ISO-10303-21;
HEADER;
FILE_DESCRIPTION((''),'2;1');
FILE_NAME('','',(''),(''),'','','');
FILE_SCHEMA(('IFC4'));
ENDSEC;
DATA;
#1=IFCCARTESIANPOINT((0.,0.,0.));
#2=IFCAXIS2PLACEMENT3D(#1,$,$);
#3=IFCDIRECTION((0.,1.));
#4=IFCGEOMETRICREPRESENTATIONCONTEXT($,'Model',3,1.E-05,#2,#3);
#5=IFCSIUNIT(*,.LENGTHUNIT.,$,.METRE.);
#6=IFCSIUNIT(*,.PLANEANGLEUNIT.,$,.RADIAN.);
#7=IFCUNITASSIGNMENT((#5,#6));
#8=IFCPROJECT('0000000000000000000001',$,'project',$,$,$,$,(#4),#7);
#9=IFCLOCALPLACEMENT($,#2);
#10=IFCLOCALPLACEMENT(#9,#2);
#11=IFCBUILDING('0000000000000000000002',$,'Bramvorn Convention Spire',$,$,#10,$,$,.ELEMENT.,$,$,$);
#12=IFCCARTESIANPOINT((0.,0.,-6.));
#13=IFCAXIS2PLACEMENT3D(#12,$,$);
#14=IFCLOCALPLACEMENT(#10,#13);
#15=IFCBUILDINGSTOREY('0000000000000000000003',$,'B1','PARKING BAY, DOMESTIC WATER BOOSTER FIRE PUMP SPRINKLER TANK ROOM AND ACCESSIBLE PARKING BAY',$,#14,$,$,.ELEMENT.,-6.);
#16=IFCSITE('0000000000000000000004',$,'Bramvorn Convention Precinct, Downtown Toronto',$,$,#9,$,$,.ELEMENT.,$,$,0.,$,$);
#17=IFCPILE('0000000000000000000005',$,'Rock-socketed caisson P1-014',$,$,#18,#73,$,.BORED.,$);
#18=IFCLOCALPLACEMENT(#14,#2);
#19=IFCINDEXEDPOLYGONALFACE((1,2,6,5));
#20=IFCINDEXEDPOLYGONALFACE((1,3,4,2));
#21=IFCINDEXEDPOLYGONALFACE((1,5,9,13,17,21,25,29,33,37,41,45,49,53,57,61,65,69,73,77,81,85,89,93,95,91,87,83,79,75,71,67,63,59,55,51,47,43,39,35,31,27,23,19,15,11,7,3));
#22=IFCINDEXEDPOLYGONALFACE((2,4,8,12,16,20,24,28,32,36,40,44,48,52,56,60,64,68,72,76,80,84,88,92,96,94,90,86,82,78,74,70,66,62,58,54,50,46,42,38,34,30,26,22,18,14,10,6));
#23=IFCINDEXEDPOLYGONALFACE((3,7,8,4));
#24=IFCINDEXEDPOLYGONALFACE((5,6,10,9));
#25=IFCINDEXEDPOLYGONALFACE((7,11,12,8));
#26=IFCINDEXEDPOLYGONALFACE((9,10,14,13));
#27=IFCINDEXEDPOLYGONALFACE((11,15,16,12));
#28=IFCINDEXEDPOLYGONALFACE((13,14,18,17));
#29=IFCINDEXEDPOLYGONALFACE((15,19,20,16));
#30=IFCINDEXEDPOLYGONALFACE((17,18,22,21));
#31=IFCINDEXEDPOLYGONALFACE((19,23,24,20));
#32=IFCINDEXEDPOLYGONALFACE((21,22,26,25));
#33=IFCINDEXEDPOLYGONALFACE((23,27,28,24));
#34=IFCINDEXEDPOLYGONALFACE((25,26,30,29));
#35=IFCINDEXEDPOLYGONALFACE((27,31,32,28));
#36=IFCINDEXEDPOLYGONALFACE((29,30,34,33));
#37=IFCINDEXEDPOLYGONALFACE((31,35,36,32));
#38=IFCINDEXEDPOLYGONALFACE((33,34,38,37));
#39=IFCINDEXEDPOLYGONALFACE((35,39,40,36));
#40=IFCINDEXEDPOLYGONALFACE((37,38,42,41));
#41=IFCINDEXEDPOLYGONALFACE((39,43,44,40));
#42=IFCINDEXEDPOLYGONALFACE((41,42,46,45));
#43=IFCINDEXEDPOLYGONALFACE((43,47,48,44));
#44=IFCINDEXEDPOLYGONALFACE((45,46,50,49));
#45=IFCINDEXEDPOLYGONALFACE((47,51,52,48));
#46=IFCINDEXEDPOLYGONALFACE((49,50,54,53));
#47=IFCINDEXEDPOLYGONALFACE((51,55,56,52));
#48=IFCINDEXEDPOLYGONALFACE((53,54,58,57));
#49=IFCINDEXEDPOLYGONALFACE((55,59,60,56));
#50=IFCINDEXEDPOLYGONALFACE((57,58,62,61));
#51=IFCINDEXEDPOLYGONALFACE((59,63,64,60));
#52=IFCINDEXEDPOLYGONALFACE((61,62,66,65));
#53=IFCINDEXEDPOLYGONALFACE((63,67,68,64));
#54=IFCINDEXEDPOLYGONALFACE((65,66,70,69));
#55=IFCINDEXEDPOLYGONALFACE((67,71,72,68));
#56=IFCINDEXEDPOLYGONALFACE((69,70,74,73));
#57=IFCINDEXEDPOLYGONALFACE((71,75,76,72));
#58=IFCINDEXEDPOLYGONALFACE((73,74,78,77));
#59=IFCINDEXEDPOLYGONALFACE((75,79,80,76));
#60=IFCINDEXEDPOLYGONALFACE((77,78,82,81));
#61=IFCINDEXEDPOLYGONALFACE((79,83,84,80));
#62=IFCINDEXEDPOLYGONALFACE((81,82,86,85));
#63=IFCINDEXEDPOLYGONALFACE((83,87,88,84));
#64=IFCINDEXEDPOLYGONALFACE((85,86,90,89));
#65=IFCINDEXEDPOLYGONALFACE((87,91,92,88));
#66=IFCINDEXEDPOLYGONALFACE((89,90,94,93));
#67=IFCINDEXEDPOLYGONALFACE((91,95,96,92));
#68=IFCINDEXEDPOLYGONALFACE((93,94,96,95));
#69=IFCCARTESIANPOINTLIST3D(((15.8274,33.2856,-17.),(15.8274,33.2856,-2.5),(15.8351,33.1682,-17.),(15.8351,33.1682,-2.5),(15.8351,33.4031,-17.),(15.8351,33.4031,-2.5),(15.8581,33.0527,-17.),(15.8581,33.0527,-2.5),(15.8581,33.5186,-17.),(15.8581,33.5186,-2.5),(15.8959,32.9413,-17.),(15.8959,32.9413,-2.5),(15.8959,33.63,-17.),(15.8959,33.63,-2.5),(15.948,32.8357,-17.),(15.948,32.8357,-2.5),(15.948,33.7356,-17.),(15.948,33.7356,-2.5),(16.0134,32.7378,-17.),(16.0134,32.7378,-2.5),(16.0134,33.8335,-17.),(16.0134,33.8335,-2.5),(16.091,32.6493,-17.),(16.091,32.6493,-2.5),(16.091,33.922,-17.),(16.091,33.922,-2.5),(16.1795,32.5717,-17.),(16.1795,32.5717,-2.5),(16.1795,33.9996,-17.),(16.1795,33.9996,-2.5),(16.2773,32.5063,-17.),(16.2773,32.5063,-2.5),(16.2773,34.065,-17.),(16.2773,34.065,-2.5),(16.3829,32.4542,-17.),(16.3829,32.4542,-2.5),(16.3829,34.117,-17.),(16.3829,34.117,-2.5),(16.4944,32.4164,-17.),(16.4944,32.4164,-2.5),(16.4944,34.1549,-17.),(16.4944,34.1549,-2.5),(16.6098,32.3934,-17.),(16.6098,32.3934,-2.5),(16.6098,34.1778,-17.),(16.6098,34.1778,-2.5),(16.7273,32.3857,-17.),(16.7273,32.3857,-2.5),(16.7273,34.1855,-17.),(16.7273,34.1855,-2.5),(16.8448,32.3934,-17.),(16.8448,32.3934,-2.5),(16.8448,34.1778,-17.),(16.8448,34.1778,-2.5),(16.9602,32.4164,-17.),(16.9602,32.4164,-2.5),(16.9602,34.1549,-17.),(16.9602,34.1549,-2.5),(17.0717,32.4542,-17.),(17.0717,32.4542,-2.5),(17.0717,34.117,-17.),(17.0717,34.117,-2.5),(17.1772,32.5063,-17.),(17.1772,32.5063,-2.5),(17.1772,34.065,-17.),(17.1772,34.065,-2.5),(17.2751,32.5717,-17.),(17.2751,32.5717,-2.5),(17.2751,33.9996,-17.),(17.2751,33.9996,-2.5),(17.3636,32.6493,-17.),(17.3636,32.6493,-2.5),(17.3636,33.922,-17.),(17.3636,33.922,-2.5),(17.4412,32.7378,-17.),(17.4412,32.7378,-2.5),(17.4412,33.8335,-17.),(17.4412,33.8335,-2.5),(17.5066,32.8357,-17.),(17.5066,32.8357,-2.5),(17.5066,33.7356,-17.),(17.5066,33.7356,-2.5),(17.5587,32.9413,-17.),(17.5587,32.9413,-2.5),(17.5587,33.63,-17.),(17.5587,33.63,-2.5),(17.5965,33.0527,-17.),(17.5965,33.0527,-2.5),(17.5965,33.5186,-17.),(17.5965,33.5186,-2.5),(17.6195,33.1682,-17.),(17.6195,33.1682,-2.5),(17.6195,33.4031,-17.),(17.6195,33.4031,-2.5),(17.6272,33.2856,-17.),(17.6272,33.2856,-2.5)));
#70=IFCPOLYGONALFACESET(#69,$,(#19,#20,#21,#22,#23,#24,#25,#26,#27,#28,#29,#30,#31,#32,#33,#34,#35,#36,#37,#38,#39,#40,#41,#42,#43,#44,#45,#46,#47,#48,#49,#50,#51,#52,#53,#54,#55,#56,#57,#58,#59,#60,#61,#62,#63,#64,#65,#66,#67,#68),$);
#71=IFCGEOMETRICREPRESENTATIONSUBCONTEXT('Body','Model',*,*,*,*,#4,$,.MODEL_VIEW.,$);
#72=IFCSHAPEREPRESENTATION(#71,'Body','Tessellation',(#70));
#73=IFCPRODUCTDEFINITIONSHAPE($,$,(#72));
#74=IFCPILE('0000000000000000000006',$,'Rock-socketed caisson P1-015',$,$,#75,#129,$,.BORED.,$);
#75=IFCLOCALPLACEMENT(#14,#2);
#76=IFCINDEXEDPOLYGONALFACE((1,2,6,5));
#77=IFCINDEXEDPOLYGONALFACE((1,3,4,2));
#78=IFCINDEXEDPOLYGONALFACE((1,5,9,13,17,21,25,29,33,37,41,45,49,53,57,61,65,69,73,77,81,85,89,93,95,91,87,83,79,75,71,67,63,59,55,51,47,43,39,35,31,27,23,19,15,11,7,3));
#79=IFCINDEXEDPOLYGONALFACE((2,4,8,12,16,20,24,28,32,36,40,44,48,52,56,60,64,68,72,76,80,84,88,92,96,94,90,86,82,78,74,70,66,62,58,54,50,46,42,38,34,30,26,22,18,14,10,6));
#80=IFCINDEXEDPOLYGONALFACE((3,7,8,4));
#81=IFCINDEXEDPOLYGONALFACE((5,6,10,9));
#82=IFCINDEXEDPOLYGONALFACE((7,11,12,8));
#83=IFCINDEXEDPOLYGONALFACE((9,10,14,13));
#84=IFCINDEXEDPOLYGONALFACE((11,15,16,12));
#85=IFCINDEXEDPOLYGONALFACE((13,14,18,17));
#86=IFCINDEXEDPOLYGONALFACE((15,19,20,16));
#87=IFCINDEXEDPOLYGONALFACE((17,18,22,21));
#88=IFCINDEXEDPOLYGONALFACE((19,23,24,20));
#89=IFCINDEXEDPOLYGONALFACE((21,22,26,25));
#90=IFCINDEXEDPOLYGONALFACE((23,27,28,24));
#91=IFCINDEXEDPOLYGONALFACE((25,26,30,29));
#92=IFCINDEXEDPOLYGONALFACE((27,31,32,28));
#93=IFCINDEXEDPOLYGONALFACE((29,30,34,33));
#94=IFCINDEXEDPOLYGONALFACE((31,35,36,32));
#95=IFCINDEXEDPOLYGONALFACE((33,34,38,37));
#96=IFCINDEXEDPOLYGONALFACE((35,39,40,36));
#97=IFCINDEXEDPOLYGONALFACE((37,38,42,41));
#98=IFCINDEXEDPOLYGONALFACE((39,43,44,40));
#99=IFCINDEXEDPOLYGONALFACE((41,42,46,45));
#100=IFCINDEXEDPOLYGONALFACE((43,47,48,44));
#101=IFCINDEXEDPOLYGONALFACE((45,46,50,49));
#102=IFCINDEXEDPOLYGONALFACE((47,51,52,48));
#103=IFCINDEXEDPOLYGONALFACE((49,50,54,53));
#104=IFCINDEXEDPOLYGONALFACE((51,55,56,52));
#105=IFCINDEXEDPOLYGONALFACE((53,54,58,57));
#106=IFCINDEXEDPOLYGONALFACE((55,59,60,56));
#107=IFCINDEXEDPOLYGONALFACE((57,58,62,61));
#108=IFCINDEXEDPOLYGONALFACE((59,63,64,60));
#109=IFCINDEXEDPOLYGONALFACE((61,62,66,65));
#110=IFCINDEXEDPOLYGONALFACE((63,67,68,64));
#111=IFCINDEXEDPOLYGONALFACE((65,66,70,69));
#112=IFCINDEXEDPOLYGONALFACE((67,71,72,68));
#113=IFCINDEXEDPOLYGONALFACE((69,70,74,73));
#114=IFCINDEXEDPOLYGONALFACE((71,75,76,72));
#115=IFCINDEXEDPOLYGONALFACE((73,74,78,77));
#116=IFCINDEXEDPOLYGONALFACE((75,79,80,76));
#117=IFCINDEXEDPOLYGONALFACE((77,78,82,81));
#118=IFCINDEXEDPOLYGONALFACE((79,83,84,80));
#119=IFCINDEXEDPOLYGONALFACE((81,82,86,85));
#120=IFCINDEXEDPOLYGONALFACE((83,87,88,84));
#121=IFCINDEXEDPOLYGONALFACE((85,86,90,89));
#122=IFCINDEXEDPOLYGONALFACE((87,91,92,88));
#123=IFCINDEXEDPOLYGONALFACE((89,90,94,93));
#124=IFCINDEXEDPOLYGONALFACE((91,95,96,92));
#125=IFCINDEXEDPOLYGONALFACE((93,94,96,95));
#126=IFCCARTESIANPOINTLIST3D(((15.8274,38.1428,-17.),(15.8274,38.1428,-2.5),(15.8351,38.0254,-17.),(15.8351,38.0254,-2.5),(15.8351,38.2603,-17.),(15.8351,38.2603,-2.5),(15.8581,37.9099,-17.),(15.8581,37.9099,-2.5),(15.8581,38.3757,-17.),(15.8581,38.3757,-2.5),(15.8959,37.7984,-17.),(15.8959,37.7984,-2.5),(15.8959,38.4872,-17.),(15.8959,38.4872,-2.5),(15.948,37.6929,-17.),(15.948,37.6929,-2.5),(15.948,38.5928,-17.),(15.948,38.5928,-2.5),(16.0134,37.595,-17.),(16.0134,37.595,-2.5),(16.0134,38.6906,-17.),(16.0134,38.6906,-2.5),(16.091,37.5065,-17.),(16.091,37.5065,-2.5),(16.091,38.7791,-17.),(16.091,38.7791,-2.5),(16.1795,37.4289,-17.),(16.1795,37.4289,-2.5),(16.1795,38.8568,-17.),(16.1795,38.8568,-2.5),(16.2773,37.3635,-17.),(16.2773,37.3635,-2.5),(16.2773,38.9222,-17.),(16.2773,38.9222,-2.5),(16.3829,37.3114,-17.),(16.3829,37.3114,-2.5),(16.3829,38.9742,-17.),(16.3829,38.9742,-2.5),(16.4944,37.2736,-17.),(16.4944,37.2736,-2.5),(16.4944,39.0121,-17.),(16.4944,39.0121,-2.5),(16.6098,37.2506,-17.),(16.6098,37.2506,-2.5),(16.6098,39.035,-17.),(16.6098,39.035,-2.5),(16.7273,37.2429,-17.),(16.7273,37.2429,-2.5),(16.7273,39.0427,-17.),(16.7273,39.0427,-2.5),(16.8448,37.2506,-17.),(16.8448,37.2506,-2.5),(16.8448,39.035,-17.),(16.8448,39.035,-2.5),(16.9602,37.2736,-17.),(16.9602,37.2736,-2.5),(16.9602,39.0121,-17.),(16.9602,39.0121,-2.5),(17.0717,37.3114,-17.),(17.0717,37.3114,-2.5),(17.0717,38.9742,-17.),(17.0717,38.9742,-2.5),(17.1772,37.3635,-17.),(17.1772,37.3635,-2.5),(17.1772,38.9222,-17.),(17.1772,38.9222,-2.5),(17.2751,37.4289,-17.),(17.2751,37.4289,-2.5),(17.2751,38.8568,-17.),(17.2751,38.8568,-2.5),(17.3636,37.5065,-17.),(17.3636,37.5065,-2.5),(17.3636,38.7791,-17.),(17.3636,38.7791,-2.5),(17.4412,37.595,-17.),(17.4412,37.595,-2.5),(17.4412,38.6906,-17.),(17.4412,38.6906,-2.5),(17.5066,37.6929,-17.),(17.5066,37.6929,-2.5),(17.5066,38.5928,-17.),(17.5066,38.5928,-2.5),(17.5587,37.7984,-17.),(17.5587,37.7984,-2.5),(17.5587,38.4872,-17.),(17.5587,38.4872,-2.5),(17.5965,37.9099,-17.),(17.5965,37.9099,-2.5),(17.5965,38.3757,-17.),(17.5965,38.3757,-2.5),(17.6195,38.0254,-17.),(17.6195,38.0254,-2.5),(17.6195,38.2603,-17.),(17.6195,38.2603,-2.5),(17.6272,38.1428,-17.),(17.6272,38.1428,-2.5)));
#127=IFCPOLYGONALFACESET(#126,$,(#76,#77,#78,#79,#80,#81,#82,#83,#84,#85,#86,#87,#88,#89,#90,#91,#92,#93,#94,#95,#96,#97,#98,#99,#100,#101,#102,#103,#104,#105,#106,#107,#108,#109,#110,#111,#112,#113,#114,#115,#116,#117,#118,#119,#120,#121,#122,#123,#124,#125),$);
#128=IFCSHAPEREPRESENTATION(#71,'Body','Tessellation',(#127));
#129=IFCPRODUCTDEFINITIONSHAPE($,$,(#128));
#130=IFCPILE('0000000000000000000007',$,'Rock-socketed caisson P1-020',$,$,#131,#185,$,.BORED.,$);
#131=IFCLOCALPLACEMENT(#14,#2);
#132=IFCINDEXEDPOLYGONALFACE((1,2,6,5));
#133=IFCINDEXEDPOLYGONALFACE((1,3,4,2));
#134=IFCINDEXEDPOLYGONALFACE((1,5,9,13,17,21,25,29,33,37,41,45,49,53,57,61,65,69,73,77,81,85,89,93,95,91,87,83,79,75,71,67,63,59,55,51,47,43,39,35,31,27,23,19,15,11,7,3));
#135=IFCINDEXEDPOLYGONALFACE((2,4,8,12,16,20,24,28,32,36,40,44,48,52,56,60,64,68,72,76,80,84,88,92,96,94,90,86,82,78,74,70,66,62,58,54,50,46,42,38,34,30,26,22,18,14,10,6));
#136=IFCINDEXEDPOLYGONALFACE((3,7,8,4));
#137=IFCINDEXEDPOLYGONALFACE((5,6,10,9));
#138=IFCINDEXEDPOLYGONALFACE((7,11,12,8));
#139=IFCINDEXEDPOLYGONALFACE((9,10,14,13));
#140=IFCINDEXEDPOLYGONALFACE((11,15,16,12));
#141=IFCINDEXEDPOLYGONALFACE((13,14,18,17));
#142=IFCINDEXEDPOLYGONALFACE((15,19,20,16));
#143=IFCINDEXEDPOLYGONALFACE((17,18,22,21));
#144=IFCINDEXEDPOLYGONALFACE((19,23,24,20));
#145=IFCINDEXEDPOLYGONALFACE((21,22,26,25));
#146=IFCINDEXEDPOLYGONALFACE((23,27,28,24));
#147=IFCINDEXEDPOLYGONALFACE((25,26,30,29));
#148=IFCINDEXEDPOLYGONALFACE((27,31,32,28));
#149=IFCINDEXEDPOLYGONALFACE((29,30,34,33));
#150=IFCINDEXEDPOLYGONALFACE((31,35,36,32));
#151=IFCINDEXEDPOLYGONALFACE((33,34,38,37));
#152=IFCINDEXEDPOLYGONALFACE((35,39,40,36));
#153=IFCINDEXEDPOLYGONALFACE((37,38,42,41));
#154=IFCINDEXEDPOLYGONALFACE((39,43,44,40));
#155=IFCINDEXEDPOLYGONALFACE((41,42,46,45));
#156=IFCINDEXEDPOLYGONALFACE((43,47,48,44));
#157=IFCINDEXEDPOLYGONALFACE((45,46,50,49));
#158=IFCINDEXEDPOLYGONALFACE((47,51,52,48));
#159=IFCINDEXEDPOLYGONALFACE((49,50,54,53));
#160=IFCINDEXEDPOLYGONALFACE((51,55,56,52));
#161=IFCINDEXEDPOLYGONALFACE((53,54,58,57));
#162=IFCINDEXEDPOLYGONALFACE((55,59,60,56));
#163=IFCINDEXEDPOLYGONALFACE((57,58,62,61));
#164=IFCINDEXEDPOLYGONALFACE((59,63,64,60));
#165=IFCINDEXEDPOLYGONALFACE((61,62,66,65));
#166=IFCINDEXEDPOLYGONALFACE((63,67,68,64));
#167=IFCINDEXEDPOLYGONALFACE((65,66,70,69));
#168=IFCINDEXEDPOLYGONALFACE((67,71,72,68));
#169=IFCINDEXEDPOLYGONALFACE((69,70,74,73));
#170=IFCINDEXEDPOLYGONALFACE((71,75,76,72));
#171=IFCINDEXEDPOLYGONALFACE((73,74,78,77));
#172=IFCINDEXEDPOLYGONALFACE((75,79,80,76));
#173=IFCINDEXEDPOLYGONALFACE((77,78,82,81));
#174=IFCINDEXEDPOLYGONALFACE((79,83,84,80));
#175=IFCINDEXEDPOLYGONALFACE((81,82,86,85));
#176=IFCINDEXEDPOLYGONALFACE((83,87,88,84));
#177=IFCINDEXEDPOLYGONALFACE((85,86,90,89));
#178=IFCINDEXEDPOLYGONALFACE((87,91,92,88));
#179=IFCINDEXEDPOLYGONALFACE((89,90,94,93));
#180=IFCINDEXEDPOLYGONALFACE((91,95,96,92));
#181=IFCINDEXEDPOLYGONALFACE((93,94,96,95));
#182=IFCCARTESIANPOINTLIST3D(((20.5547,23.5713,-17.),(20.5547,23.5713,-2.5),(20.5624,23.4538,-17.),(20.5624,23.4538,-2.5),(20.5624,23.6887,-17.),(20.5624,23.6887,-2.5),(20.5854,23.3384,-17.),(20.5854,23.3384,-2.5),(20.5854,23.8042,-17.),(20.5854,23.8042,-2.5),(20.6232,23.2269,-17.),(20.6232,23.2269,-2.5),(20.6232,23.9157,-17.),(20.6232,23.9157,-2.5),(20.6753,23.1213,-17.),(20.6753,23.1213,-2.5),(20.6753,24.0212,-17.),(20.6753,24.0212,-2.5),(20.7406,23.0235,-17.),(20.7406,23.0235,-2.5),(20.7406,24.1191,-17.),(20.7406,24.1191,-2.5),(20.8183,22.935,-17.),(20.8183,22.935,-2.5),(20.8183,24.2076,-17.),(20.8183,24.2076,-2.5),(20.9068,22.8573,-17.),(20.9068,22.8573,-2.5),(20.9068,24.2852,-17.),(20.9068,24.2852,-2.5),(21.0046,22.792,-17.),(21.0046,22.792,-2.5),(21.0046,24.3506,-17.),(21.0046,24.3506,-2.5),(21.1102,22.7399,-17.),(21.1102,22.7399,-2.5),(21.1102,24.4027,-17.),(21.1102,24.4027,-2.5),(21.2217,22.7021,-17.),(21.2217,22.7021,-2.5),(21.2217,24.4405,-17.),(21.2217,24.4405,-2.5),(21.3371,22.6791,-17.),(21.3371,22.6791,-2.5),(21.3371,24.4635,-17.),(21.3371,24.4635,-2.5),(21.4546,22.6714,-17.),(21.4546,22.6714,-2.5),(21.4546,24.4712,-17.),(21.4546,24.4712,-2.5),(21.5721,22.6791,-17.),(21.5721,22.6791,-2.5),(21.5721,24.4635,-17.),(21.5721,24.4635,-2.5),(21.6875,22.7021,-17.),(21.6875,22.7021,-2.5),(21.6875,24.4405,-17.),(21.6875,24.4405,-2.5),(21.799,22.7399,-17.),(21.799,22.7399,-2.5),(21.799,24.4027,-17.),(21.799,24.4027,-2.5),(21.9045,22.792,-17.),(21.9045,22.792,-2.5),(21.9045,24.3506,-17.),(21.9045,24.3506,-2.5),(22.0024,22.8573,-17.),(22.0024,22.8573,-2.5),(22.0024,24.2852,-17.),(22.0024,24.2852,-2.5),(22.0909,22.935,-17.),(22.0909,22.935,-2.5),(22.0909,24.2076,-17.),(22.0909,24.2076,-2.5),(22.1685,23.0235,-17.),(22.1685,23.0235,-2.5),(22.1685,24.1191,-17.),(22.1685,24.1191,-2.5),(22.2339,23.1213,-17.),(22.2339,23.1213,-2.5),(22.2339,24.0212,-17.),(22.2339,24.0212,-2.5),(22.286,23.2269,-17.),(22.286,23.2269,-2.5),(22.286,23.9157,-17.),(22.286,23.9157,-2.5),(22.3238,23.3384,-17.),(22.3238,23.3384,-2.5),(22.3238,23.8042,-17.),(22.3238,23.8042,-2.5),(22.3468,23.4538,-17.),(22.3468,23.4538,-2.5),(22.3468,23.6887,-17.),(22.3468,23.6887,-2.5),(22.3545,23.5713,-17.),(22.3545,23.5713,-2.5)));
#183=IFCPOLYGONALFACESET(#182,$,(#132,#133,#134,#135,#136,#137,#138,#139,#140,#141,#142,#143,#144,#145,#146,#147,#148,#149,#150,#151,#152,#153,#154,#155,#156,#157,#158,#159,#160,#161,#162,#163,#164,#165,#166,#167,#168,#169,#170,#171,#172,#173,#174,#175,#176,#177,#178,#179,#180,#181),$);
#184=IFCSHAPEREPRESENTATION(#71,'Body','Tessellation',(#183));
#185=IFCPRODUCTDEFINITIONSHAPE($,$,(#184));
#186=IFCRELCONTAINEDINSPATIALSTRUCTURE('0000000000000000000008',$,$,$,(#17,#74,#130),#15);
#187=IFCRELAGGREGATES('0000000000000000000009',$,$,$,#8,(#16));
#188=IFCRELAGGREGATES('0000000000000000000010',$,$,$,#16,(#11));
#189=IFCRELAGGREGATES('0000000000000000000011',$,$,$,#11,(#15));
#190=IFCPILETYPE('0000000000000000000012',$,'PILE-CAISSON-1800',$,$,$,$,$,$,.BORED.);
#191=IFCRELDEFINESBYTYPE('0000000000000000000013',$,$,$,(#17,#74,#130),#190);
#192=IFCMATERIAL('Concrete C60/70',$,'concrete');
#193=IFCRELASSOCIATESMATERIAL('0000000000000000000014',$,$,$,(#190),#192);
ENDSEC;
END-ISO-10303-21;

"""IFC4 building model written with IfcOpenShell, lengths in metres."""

from ifc_helpers import new_model, si_unit, direction, frame, origin, origin_2d, place, context, subcontext, project, spatial, circle, extrude, material, material_profile, profile_set, type_object, element, save


model = new_model("IFC4")

# Units and contexts
model_context = context("Model", 3, precision=1e-05, world=origin(), true_north=direction((0.0, 1.0)))
body_context = subcontext(model_context, "Body", "Model", "MODEL_VIEW")
ifc_project = project(units=[si_unit("LENGTHUNIT", "METRE"), si_unit("PLANEANGLEUNIT", "RADIAN")], contexts=[model_context])

# Site, building, storey
site_placement = place(None, origin())
site = spatial("IfcSite", under=ifc_project, at=site_placement, Name="Bramvorn Convention Precinct, Downtown Toronto", CompositionType="ELEMENT", RefElevation=0.0)
building_placement = place(site_placement, origin())
building = spatial("IfcBuilding", under=site, at=building_placement, Name="Bramvorn Convention Spire", CompositionType="ELEMENT")
storey_placement = place(building_placement, frame((0.0, 0.0, -6.0)))
storey = spatial("IfcBuildingStorey", under=building, at=storey_placement, Name="B1", Description="PARKING BAY, DOMESTIC WATER BOOSTER FIRE PUMP SPRINKLER TANK ROOM AND ACCESSIBLE PARKING BAY", CompositionType="ELEMENT", Elevation=-6.0)

# Shared definitions
ifc_material_1 = material(Name="Concrete C60/70", Category="concrete")

# Piles
ifc_material_profile_1 = material_profile(ifc_material_1, circle(Radius=0.8999, at=origin_2d()))
ifc_profile_set_1 = profile_set([ifc_material_profile_1], Name="Concrete C60/70 - CAISSON1800")
pile_type_1 = type_object("IfcPileType", Name="PILE-CAISSON-1800", PredefinedType="BORED", material=ifc_profile_set_1)
for number, where, z_axis, x_axis, name in (
    (1, (16.7273, 33.2856, -2.5), (0.0, 0.0, -1.0), (1.0, 0.0, 0.0), "Rock-socketed caisson P1-014"),
    (2, (16.7273, 38.1428, -2.5), (0.0, 0.0, -1.0), (1.0, 0.0, 0.0), "Rock-socketed caisson P1-015"),
    (3, (21.4546, 23.5713, -2.5), (0.0, 0.0, -1.0), (1.0, 0.0, 0.0), "Rock-socketed caisson P1-020"),
):
    element("IfcPile", number, at=place(storey_placement, frame(where, z_axis=z_axis, x_axis=x_axis)), inside=storey, type_object=pile_type_1, Name=name, PredefinedType="BORED", context=body_context, shape_type="SweptSolid", body=[
        extrude(circle(Radius=0.8999, at=origin_2d()), origin(), (0.0, 0.0, 1.0), 14.5),
    ])

save(model, "model.ifc")
